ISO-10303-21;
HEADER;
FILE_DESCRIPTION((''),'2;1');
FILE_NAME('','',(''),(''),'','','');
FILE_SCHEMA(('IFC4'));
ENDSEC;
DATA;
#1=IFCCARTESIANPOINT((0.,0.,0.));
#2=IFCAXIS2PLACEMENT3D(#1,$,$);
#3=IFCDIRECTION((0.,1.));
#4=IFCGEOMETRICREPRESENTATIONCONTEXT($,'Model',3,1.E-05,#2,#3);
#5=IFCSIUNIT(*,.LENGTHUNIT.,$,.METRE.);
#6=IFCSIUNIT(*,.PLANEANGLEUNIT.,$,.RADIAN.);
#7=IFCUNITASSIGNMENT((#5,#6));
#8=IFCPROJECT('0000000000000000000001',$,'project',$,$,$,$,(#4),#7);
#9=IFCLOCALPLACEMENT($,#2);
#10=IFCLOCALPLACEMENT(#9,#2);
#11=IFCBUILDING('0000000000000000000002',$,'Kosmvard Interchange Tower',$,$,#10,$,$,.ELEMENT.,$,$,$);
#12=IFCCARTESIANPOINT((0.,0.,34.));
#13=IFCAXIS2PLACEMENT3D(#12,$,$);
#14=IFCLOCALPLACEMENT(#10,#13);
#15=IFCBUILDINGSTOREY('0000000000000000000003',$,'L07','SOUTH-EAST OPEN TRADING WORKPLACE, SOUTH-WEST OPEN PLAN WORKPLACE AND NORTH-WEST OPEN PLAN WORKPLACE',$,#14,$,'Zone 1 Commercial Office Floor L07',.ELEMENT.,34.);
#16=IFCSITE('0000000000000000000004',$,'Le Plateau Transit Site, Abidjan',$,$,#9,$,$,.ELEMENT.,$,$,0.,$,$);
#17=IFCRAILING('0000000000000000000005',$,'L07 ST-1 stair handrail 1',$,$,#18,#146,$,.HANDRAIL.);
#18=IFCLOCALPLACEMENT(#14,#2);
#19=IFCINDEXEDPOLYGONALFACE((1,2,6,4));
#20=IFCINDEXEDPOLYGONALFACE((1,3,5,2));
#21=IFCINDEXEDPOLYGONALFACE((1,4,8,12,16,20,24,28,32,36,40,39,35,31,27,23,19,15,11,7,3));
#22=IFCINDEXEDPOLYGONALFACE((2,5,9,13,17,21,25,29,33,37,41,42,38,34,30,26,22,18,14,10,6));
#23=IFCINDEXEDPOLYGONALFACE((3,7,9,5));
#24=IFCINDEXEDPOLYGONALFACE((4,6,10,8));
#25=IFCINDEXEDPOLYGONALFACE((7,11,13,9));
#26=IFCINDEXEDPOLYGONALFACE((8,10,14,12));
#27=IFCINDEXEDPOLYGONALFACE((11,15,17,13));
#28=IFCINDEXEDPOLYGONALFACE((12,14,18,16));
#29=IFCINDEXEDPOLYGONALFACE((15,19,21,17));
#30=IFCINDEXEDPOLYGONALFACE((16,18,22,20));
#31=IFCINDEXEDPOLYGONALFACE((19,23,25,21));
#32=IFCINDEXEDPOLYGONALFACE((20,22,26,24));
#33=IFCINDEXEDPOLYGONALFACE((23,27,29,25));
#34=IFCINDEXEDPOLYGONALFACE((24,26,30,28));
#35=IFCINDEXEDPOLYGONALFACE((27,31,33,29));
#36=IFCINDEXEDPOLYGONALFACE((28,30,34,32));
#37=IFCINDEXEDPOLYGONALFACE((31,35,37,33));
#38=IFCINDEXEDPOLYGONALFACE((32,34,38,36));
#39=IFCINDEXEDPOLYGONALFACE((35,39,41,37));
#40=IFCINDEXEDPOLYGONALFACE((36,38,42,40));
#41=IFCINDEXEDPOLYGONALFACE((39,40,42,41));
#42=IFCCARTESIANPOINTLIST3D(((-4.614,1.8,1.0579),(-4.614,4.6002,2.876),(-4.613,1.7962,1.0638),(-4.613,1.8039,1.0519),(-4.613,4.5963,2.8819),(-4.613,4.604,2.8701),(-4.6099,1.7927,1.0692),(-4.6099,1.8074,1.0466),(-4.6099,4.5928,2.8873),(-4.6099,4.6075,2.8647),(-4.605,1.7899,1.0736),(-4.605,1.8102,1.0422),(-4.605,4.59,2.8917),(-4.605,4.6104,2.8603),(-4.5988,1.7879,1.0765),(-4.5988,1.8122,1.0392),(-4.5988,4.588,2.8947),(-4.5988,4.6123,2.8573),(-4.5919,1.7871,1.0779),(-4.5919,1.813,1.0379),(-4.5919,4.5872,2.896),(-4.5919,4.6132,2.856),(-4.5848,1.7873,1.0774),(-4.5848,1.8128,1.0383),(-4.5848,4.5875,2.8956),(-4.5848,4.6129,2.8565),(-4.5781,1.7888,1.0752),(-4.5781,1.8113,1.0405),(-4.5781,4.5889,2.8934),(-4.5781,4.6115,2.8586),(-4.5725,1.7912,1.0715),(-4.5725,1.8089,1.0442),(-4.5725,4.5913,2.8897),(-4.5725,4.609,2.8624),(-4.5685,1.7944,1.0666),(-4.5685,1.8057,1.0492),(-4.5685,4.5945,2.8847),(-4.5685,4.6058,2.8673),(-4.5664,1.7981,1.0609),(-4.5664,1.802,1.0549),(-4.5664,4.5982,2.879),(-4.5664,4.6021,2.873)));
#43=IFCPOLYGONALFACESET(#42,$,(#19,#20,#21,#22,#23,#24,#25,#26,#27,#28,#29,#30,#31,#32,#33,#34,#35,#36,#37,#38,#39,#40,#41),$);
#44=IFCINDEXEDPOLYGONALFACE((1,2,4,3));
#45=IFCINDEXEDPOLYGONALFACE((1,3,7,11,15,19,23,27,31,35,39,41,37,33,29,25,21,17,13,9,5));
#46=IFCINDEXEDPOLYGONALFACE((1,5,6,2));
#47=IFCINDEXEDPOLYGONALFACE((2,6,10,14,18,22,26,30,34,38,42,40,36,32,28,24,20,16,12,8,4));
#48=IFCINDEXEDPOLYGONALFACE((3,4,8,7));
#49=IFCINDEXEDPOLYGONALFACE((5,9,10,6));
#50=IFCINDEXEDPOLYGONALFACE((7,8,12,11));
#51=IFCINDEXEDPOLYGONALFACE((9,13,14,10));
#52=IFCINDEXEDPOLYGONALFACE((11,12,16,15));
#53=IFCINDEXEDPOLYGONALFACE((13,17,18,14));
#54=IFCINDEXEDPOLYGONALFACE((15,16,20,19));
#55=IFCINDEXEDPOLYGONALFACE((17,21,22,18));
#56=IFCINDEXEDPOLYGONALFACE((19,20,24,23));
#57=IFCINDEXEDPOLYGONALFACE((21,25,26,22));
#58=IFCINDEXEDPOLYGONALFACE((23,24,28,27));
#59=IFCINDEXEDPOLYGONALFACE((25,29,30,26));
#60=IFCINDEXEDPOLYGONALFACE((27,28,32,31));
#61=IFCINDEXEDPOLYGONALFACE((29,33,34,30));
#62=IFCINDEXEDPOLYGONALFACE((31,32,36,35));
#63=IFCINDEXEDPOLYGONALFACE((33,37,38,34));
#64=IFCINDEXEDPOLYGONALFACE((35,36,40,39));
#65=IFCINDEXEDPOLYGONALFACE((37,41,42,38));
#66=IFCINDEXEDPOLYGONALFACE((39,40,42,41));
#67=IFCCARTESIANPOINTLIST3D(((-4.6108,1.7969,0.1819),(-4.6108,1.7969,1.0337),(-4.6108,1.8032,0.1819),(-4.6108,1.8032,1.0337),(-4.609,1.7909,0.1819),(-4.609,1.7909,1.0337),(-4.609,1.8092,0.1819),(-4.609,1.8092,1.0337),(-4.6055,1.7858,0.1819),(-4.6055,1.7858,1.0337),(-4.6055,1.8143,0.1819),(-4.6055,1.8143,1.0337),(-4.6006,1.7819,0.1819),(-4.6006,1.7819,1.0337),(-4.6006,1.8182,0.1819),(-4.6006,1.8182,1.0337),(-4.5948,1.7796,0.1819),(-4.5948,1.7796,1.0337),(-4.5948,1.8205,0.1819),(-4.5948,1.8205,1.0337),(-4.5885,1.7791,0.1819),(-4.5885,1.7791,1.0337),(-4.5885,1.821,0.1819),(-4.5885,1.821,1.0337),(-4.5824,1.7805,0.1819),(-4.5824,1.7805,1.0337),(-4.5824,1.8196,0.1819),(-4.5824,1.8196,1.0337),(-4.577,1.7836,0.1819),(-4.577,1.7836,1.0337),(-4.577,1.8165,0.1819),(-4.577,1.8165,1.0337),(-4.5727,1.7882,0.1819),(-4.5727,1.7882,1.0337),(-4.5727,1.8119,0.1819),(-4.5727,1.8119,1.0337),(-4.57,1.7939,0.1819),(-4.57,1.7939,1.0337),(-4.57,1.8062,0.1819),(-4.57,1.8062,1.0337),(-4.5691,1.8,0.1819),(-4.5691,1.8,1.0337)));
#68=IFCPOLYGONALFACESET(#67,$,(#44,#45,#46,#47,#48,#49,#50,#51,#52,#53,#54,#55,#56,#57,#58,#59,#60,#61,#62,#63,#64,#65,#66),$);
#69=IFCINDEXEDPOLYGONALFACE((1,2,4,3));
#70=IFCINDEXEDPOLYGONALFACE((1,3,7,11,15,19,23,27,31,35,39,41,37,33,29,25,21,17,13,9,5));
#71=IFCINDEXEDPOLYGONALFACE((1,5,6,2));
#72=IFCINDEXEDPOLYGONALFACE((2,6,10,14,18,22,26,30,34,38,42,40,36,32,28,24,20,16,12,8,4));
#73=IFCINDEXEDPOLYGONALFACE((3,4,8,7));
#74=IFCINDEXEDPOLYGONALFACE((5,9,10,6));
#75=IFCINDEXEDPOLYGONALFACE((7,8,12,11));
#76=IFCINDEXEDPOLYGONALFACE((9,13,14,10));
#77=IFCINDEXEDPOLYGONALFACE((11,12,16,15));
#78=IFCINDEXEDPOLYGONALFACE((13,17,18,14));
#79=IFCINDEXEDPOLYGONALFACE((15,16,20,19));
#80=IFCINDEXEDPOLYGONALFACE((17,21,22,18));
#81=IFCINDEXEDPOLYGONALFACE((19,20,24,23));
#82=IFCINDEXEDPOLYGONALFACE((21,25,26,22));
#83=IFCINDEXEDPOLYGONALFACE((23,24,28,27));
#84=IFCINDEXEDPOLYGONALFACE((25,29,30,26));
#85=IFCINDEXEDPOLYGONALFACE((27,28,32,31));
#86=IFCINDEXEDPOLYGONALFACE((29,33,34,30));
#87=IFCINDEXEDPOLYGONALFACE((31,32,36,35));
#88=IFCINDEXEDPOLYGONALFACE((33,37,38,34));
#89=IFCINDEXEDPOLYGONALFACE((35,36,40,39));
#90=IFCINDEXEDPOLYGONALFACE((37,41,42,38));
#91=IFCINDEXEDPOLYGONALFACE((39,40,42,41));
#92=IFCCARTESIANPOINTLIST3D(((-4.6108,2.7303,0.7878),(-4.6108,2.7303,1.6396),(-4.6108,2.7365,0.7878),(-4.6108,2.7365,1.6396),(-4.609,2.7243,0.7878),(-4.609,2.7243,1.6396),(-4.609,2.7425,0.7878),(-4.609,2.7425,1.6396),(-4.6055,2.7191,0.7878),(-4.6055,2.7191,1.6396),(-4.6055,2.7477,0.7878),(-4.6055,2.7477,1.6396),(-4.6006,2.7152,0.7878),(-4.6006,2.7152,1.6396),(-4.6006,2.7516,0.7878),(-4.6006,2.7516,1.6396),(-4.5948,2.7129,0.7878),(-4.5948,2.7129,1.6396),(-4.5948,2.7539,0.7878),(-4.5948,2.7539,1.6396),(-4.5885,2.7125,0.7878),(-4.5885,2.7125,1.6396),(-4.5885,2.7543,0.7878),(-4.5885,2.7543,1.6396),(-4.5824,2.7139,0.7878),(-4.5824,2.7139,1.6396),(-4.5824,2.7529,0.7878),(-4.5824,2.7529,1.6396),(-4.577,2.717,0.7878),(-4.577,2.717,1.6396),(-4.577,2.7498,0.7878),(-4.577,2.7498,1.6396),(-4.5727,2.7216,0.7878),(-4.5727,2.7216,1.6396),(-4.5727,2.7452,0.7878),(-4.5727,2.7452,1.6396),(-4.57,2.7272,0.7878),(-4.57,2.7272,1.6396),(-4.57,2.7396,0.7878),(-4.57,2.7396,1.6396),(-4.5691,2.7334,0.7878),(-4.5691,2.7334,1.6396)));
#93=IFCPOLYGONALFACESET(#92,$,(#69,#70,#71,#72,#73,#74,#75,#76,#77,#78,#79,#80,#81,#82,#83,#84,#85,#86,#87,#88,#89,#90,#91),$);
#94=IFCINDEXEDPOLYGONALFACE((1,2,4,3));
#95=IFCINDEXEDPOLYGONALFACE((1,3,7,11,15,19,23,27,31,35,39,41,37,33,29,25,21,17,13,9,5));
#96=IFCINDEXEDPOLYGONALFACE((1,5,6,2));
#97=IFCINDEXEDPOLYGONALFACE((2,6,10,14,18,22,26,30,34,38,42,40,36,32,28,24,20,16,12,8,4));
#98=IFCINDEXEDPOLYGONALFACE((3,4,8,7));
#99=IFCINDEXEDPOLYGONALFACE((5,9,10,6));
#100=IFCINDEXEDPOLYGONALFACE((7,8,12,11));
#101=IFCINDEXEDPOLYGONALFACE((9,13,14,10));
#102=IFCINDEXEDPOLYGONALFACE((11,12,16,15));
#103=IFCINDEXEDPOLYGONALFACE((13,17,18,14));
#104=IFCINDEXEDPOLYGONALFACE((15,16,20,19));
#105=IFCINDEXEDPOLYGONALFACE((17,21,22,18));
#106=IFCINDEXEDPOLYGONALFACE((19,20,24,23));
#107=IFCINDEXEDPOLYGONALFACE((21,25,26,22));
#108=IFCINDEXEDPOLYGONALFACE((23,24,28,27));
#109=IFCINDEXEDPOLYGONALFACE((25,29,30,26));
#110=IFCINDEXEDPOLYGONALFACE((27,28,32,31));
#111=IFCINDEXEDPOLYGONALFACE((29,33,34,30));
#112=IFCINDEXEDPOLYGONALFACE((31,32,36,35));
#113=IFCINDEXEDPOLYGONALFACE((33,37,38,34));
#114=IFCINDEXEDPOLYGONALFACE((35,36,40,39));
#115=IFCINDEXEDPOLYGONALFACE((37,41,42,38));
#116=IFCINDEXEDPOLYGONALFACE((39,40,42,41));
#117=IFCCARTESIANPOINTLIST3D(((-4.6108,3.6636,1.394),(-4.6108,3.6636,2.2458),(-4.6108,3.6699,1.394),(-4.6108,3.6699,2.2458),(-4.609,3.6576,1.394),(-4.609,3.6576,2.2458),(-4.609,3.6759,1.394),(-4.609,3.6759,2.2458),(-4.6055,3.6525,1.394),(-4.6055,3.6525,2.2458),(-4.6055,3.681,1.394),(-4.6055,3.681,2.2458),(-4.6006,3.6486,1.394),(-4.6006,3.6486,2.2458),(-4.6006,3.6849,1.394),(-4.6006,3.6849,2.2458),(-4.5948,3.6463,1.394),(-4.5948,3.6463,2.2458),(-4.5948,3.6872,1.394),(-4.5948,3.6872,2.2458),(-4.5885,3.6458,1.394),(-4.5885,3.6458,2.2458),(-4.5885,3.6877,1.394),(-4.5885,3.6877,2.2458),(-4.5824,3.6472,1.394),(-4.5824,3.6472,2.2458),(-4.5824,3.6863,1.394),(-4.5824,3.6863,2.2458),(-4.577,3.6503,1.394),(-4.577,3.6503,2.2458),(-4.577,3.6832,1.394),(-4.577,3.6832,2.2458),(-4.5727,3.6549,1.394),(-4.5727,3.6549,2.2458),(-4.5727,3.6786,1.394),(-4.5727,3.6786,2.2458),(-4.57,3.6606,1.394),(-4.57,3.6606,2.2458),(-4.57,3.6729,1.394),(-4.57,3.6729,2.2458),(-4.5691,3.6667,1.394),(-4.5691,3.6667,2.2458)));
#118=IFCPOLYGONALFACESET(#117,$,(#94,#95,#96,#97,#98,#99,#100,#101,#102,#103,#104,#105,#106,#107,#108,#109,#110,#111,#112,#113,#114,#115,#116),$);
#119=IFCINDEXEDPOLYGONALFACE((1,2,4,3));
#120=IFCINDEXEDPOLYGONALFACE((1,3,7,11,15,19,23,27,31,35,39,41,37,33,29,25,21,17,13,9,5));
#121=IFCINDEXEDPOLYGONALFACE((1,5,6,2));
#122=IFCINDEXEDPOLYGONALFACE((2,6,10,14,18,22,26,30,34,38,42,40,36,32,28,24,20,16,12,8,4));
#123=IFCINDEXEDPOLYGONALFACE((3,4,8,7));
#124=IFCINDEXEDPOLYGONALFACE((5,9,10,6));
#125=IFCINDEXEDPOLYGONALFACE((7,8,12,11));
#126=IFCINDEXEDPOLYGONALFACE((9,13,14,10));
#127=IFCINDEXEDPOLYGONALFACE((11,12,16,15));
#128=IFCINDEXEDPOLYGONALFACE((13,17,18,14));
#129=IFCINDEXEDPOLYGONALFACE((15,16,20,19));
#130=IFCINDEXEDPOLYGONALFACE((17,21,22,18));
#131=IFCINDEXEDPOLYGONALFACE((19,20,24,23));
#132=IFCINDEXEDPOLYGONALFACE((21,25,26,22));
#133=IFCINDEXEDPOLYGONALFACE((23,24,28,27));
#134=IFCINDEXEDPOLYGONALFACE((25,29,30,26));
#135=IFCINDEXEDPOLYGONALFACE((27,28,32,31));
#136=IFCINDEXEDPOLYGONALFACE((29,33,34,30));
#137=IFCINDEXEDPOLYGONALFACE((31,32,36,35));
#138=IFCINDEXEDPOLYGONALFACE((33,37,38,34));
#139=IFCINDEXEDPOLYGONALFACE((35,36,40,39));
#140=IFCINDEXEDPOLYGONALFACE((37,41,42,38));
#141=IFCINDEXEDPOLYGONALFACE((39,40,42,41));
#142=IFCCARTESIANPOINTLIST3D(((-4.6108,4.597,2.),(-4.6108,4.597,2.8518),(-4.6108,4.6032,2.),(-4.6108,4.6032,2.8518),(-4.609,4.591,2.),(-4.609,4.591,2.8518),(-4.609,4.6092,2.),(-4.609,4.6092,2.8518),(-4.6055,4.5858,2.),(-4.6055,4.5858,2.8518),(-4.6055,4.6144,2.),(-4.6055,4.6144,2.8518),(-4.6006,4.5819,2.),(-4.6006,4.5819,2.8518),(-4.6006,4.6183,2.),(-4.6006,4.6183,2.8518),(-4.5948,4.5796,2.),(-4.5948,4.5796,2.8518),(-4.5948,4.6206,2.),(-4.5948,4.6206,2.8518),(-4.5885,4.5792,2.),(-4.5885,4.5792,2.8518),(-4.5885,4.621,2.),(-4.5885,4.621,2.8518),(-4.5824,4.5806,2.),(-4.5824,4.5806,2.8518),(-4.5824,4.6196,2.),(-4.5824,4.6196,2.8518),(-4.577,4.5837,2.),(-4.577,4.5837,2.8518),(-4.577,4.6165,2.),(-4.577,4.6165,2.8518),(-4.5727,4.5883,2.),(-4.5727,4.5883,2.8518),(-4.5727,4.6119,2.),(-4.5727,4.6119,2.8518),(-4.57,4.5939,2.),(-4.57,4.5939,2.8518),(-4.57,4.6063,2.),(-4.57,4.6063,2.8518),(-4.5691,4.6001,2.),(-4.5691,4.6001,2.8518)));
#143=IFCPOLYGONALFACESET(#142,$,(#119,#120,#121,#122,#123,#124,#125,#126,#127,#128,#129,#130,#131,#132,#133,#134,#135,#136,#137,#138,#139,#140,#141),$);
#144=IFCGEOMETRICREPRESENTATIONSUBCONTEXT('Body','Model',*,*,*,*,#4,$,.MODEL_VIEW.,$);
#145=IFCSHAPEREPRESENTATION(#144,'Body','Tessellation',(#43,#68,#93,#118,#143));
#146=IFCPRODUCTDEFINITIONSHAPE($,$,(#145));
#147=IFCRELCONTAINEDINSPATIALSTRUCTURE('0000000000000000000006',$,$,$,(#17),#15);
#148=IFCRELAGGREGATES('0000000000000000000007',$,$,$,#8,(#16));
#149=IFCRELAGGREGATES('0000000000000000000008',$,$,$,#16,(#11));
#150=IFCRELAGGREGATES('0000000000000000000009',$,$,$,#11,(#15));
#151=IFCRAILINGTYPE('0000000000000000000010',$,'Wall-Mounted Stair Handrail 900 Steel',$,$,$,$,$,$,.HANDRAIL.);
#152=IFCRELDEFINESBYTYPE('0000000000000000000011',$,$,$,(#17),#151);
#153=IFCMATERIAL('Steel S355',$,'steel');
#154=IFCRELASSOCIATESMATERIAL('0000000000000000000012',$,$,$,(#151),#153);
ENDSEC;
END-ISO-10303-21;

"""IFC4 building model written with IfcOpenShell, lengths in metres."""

from ifc_helpers import new_model, si_unit, direction, frame, origin, origin_2d, place, context, subcontext, project, spatial, circle, extrude, source, transform, mapped, material, type_object, element, save


model = new_model("IFC4")

# Units and contexts
model_context = context("Model", 3, precision=1e-05, world=origin(), true_north=direction((0.0, 1.0)))
body_context = subcontext(model_context, "Body", "Model", "MODEL_VIEW")
ifc_project = project(units=[si_unit("LENGTHUNIT", "METRE"), si_unit("PLANEANGLEUNIT", "RADIAN")], contexts=[model_context])

# Site, building, storey
site_placement = place(None, origin())
site = spatial("IfcSite", under=ifc_project, at=site_placement, Name="Le Plateau Transit Site, Abidjan", CompositionType="ELEMENT", RefElevation=0.0)
building_placement = place(site_placement, origin())
building = spatial("IfcBuilding", under=site, at=building_placement, Name="Kosmvard Interchange Tower", CompositionType="ELEMENT")
storey_placement = place(building_placement, frame((0.0, 0.0, 34.0)))
storey = spatial("IfcBuildingStorey", under=building, at=storey_placement, Name="L07", Description="SOUTH-EAST OPEN TRADING WORKPLACE, SOUTH-WEST OPEN PLAN WORKPLACE AND NORTH-WEST OPEN PLAN WORKPLACE", LongName="Zone 1 Commercial Office Floor L07", CompositionType="ELEMENT", Elevation=34.0)

# Shared definitions
ifc_material_1 = material(Name="Steel S355", Category="steel")

# Railing
railing_type_1 = type_object("IfcRailingType", Name="Wall-Mounted Stair Handrail 900 Steel", PredefinedType="HANDRAIL", material=ifc_material_1)
shared_shape_1 = source(origin(), body_context, "Body", "SweptSolid", [
    extrude(circle(Radius=0.0239, at=origin_2d()), frame((0.0, 0.0, 0.876), z_axis=(0.0, 0.838706, 0.544585), x_axis=(-1.0, 0.0, 0.0)), (0.0, 0.0, 1.0), 3.3386),
    extrude(circle(Radius=0.021, at=origin_2d()), origin(), (0.0, 0.0, 1.0), 0.8518),
    extrude(circle(Radius=0.021, at=origin_2d()), frame((0.0, 0.9333, 0.606)), (0.0, 0.0, 1.0), 0.8518),
    extrude(circle(Radius=0.021, at=origin_2d()), frame((0.0, 1.8667, 1.2122)), (0.0, 0.0, 1.0), 0.8518),
    extrude(circle(Radius=0.021, at=origin_2d()), frame((0.0, 2.8, 1.8181)), (0.0, 0.0, 1.0), 0.8518),
])
railing_1_placement = place(storey_placement, frame((-4.5901, 1.8, 0.1819)))
element("IfcRailing", 1, at=railing_1_placement, inside=storey, type_object=railing_type_1, Name="L07 ST-1 stair handrail 1", PredefinedType="HANDRAIL", context=body_context, shape_type="MappedRepresentation", body=[
    mapped(shared_shape_1, transform((0.0, 0.0, 0.0), scale=1.0)),
])

save(model, "model.ifc")
